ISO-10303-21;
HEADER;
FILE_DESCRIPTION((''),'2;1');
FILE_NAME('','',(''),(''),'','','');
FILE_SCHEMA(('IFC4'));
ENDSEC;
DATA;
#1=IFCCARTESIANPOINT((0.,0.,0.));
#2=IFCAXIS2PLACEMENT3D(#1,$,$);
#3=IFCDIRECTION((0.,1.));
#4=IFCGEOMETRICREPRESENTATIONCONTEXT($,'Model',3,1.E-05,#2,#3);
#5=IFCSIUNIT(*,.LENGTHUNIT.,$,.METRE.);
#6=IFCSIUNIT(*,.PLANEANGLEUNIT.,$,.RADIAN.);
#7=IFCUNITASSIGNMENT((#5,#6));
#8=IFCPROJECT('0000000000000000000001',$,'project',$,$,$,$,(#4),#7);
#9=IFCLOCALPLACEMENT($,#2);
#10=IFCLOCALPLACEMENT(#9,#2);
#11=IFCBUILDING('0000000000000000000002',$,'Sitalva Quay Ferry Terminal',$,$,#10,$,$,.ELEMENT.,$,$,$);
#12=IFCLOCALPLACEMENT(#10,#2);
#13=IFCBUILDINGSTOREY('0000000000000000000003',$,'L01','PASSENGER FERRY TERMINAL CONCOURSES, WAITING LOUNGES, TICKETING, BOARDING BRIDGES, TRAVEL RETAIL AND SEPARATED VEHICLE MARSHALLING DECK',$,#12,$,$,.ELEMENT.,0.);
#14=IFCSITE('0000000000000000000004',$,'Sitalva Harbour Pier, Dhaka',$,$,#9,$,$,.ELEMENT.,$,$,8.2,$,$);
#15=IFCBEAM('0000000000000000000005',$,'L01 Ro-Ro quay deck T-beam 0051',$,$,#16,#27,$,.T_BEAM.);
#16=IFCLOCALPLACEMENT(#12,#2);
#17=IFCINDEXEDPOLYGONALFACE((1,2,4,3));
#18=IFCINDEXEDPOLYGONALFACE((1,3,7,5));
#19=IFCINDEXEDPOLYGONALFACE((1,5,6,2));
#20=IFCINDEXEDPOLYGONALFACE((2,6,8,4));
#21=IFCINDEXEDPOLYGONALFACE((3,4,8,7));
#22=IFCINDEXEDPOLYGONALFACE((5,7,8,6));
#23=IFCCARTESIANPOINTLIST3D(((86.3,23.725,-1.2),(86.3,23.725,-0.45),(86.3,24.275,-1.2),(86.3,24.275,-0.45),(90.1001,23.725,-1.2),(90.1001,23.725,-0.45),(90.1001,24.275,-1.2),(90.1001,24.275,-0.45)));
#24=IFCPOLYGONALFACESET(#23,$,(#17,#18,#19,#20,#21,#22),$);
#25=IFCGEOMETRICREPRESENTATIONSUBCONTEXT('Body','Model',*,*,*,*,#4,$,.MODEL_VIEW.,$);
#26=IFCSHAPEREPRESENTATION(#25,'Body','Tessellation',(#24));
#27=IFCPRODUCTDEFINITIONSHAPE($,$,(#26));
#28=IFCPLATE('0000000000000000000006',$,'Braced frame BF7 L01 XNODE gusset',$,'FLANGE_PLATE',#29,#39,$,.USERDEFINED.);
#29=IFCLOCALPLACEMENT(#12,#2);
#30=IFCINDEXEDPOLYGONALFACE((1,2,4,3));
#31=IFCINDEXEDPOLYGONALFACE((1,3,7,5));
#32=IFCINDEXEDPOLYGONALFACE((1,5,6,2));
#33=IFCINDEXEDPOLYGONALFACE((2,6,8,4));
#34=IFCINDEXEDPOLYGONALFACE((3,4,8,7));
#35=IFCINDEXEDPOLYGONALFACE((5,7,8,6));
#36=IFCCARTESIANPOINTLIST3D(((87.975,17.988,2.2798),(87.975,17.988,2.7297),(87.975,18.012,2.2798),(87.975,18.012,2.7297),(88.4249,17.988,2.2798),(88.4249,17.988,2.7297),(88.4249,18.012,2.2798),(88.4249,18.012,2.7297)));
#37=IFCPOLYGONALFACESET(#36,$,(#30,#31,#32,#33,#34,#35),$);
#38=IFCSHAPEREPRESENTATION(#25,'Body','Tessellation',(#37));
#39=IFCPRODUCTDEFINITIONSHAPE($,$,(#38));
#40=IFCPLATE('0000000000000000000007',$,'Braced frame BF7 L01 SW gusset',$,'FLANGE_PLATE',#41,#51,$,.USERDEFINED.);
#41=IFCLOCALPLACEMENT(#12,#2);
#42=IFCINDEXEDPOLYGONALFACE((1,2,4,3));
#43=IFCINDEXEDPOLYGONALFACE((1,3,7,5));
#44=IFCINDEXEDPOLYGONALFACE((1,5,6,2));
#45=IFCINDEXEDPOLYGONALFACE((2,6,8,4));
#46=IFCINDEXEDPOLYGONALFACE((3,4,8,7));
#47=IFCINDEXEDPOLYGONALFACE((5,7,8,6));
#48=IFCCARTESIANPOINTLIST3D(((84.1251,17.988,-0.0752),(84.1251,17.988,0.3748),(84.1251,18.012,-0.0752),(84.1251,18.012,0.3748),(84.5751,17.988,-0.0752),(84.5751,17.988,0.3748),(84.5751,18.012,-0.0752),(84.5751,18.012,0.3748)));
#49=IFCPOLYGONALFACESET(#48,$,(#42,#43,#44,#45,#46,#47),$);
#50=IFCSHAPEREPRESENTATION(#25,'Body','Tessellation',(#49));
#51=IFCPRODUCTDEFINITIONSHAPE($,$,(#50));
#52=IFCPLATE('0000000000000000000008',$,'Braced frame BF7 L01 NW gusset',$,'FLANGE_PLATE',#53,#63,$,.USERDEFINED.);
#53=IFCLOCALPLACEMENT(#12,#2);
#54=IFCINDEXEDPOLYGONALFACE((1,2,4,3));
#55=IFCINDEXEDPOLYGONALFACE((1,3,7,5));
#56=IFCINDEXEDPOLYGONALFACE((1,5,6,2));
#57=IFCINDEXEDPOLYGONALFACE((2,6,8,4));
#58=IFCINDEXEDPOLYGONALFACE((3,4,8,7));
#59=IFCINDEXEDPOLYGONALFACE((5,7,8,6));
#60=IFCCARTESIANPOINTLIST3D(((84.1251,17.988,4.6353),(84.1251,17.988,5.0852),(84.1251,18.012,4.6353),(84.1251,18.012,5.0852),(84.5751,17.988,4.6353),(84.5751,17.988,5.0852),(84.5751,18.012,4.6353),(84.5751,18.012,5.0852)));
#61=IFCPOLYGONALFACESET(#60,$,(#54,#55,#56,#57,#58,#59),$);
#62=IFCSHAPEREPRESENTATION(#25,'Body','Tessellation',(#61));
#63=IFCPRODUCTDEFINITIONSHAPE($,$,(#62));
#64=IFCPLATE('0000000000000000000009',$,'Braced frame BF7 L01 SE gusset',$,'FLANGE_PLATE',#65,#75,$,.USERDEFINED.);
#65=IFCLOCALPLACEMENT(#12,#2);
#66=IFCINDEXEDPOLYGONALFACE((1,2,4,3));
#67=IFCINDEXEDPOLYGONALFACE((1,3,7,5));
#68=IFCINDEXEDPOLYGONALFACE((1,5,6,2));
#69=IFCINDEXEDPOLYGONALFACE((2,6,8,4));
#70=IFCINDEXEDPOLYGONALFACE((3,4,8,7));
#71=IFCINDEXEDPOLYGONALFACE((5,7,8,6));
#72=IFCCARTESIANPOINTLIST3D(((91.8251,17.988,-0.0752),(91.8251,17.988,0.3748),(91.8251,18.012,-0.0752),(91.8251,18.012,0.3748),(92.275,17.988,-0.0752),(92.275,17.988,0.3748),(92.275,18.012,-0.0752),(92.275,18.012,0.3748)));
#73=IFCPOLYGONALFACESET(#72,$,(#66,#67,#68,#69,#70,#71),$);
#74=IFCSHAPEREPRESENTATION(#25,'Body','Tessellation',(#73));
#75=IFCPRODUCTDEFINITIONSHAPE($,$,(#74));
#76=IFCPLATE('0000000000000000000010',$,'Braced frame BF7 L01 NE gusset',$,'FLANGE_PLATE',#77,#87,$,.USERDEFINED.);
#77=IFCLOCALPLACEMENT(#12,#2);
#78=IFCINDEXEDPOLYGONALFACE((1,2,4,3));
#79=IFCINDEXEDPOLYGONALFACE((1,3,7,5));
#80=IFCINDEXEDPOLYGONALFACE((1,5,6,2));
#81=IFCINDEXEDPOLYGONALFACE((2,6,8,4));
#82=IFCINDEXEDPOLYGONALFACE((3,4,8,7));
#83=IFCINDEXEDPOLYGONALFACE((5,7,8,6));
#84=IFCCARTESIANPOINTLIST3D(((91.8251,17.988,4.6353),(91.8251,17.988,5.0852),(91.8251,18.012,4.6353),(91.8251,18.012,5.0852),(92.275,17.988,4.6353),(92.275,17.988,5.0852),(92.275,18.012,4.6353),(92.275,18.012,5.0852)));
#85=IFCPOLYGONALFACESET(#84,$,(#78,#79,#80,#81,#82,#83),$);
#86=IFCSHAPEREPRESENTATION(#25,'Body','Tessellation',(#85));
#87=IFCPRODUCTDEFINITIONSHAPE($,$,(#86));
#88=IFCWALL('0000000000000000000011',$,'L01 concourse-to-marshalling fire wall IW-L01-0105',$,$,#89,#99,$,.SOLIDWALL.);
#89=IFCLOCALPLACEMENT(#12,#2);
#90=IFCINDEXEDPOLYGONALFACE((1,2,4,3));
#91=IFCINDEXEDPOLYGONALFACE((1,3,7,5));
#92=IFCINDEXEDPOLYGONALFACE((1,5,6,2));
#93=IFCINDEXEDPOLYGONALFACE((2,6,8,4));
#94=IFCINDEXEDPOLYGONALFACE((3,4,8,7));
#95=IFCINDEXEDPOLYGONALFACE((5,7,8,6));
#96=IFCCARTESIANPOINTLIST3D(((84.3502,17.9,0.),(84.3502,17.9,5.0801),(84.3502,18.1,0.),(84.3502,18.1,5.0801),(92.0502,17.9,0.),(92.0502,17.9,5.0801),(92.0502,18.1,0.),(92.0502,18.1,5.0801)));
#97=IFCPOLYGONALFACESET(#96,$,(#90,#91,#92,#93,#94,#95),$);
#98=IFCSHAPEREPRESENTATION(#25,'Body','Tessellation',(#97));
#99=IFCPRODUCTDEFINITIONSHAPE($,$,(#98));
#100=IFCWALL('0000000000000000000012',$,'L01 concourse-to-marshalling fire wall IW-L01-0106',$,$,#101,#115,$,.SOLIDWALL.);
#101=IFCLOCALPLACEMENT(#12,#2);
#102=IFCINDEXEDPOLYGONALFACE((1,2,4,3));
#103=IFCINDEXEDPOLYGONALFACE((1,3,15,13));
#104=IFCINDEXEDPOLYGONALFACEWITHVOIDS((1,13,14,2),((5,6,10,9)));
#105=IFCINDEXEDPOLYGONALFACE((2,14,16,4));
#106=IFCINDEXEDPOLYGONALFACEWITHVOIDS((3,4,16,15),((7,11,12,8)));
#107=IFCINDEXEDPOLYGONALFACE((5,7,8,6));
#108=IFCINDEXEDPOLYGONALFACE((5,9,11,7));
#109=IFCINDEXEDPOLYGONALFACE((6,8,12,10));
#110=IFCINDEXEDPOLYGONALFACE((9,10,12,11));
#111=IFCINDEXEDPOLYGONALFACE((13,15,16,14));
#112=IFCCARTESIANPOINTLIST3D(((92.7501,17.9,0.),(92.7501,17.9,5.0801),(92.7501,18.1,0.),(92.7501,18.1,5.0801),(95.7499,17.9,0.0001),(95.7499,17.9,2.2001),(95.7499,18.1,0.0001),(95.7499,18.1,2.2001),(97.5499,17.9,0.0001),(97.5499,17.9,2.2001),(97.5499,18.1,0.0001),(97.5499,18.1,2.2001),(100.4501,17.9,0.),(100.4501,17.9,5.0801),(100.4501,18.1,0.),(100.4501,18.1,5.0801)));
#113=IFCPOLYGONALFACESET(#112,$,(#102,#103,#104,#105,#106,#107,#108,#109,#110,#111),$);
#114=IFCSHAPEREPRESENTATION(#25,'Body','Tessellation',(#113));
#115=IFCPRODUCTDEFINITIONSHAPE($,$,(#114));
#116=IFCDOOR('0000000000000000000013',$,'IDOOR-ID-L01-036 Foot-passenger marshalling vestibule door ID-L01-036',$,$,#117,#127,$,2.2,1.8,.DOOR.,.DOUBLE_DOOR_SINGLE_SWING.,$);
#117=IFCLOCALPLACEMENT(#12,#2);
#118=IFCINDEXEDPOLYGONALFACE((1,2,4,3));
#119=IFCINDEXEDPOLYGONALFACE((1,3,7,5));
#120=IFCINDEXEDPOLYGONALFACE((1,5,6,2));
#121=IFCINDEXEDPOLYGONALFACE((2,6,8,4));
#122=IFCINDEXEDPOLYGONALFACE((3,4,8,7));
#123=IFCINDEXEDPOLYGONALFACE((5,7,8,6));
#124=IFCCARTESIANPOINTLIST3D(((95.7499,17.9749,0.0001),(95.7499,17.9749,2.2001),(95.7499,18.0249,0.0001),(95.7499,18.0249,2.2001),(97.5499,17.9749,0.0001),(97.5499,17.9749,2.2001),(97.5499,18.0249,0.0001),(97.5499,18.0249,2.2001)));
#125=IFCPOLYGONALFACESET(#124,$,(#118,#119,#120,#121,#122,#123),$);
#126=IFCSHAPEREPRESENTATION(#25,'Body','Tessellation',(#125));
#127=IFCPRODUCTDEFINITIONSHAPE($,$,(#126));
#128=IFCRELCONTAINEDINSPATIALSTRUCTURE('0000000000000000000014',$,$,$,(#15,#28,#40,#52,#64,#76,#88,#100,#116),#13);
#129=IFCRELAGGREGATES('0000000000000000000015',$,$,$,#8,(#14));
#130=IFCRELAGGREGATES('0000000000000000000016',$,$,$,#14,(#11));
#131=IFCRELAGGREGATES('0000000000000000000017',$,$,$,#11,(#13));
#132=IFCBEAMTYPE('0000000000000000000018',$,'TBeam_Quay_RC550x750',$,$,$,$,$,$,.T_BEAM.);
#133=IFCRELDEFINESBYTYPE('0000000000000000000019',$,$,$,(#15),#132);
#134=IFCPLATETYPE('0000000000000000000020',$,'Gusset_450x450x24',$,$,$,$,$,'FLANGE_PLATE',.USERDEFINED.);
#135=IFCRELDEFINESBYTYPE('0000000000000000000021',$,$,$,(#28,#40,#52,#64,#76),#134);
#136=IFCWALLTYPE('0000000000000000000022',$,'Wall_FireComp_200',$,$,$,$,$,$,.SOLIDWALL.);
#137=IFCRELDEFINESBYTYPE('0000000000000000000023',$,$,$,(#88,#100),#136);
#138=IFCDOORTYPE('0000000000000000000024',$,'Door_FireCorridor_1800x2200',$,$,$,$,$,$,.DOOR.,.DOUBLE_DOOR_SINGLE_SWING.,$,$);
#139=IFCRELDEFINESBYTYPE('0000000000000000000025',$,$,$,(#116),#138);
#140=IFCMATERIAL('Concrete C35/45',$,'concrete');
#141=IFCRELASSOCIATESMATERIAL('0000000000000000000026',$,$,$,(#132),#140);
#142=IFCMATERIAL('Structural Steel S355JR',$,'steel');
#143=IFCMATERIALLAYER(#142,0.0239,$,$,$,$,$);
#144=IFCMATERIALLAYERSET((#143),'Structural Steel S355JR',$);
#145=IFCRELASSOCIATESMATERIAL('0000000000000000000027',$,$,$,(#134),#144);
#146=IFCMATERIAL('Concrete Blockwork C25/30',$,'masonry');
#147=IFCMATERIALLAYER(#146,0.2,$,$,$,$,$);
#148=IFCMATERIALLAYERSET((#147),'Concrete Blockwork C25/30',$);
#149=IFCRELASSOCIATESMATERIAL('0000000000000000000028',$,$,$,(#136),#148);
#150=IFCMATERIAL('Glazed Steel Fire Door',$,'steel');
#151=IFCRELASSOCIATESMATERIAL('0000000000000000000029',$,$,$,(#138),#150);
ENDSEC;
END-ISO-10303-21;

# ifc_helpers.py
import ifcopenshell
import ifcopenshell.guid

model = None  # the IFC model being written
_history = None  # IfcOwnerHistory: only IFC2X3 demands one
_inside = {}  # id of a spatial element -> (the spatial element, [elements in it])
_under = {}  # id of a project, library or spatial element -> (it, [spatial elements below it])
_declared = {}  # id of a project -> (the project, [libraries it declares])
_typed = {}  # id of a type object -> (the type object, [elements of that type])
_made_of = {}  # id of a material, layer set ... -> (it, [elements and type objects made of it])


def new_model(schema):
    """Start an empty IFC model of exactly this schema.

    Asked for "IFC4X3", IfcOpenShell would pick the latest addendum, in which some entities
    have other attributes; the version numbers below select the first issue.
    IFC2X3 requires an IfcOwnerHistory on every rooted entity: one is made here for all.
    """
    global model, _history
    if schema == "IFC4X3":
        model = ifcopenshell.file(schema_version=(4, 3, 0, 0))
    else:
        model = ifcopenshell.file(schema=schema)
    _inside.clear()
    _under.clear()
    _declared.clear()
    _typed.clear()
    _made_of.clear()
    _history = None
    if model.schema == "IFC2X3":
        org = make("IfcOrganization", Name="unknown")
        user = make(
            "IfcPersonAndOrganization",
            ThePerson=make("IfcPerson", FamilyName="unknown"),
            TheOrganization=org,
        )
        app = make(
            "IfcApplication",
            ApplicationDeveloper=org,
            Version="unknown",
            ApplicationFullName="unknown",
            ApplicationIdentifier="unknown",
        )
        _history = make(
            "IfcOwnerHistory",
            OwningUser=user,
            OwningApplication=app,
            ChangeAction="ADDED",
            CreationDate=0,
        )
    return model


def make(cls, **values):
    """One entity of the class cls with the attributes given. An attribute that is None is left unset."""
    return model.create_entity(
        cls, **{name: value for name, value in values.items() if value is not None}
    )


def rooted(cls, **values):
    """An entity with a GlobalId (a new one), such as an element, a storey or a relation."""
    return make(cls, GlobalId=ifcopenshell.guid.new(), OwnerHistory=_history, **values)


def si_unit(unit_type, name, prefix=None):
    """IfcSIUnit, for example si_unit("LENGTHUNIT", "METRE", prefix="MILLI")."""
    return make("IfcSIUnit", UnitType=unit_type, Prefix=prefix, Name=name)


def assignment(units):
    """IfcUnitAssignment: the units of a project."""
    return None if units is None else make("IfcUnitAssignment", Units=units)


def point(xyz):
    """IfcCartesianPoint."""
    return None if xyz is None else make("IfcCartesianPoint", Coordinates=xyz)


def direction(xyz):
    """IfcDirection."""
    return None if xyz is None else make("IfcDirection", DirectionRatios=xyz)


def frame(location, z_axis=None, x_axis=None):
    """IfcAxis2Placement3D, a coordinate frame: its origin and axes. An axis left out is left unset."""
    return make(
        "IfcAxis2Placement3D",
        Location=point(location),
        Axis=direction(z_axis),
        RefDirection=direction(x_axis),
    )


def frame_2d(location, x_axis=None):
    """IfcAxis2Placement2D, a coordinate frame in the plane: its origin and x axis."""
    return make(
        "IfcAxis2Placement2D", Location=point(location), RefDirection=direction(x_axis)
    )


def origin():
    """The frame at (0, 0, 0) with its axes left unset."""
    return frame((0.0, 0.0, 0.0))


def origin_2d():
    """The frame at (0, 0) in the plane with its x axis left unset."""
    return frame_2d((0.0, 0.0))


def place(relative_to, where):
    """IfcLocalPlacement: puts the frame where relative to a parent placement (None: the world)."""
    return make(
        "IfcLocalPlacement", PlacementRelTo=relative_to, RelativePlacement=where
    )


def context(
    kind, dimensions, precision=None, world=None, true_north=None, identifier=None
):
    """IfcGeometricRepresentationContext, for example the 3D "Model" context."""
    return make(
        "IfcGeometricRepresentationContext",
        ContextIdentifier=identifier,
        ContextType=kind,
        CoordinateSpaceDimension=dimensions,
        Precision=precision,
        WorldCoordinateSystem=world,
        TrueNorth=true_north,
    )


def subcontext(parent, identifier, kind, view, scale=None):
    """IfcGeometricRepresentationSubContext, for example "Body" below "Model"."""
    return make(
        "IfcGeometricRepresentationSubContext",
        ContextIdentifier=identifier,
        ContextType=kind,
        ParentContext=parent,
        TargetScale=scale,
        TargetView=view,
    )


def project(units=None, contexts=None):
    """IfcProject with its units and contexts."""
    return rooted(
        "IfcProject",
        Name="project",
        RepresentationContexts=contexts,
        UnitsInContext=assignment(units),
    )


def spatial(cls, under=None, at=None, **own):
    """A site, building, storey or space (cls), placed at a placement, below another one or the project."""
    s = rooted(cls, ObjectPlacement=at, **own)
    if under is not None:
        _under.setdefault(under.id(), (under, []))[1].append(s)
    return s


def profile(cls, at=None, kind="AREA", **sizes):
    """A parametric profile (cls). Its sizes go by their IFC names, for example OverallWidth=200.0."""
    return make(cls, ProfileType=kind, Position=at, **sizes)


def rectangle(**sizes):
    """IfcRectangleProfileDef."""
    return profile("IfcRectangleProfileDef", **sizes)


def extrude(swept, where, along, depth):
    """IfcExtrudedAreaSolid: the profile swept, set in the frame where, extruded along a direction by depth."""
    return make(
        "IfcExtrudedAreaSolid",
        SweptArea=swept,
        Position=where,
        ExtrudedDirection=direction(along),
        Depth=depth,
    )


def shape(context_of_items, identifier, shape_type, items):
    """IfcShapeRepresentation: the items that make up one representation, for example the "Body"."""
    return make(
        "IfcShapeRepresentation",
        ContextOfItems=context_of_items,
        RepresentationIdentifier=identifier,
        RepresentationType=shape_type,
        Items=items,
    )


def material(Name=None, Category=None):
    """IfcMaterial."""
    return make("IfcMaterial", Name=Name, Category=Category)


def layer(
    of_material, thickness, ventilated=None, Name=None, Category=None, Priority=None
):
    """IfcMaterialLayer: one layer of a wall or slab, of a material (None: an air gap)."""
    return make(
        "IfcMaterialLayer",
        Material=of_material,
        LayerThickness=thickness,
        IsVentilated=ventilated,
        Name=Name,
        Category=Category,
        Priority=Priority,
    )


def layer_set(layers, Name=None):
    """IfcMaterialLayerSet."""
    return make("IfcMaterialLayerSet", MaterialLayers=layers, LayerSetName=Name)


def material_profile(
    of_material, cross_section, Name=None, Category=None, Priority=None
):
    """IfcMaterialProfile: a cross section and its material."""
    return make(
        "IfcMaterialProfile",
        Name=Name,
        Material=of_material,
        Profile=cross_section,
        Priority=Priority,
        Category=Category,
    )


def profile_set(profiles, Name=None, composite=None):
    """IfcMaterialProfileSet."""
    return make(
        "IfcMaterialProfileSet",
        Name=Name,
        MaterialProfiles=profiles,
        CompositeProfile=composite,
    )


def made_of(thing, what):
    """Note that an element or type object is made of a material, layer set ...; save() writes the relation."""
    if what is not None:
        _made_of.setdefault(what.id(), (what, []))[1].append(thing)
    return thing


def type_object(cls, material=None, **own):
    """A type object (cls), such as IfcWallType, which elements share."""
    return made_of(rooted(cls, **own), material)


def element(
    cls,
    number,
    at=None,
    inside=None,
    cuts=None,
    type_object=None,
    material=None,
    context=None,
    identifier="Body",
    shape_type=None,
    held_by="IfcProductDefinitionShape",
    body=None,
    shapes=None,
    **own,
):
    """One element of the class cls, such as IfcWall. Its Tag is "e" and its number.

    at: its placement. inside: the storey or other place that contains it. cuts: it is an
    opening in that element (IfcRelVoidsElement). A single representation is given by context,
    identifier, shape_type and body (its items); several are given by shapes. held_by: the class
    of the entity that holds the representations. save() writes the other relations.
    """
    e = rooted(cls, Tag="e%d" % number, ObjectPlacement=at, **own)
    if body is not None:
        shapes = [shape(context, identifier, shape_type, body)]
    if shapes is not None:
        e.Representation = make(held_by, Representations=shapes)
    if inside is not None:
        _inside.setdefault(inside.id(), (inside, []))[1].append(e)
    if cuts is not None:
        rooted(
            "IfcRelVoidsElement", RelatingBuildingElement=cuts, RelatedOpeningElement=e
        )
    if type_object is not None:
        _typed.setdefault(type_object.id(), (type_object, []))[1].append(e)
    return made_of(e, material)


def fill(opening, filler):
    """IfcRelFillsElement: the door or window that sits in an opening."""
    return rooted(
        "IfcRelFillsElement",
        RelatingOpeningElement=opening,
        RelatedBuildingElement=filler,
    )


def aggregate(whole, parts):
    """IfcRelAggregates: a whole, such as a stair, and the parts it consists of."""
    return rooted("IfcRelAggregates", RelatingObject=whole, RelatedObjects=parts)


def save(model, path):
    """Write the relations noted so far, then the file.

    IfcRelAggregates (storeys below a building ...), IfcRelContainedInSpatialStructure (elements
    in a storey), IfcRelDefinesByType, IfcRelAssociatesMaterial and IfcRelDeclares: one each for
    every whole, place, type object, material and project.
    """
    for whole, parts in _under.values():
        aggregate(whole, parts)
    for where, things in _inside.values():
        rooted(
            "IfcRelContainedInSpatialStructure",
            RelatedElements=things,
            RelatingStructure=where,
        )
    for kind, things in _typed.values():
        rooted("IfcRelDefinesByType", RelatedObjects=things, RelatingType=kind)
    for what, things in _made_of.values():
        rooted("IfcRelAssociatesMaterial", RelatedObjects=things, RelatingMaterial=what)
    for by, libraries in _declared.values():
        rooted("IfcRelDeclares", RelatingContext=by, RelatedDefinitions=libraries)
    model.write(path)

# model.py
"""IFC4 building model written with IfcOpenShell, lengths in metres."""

from ifc_helpers import new_model, si_unit, direction, frame, frame_2d, origin, origin_2d, place, context, subcontext, project, spatial, rectangle, extrude, material, layer, layer_set, material_profile, profile_set, type_object, element, fill, save


model = new_model("IFC4")

# Units and contexts
model_context = context("Model", 3, precision=1e-05, world=origin(), true_north=direction((0.0, 1.0)))
body_context = subcontext(model_context, "Body", "Model", "MODEL_VIEW")
ifc_project = project(units=[si_unit("LENGTHUNIT", "METRE"), si_unit("PLANEANGLEUNIT", "RADIAN")], contexts=[model_context])

# Site, building, storey
site_placement = place(None, origin())
site = spatial("IfcSite", under=ifc_project, at=site_placement, Name="Sitalva Harbour Pier, Dhaka", CompositionType="ELEMENT", RefElevation=8.2)
building_placement = place(site_placement, origin())
building = spatial("IfcBuilding", under=site, at=building_placement, Name="Sitalva Quay Ferry Terminal", CompositionType="ELEMENT")
storey_placement = place(building_placement, origin())
storey = spatial("IfcBuildingStorey", under=building, at=storey_placement, Name="L01", Description="PASSENGER FERRY TERMINAL CONCOURSES, WAITING LOUNGES, TICKETING, BOARDING BRIDGES, TRAVEL RETAIL AND SEPARATED VEHICLE MARSHALLING DECK", CompositionType="ELEMENT", Elevation=0.0)

# Beam
ifc_material_1 = material(Name="Concrete C35/45", Category="concrete")
ifc_material_profile_1 = material_profile(ifc_material_1, rectangle(XDim=0.55, YDim=0.75, at=origin_2d()), Name="RC550x750")
ifc_profile_set_1 = profile_set([ifc_material_profile_1], Name="Concrete C35/45")
beam_type_1 = type_object("IfcBeamType", Name="TBeam_Quay_RC550x750", PredefinedType="T_BEAM", material=ifc_profile_set_1)
beam_1_placement = place(storey_placement, frame((86.3, 24.0, -0.825), z_axis=(1.0, 0.0, 0.0), x_axis=(0.0, 1.0, 0.0)))
element("IfcBeam", 1, at=beam_1_placement, inside=storey, type_object=beam_type_1, Name="L01 Ro-Ro quay deck T-beam 0051", PredefinedType="T_BEAM", context=body_context, shape_type="SweptSolid", body=[
    extrude(rectangle(XDim=0.55, YDim=0.75, at=origin_2d()), origin(), (0.0, 0.0, 1.0), 3.8),
])

# Plates
ifc_material_2 = material(Name="Structural Steel S355JR", Category="steel")
ifc_layer_1 = layer(ifc_material_2, 0.0239)
ifc_layer_set_1 = layer_set([ifc_layer_1], Name="Structural Steel S355JR")
plate_type = type_object("IfcPlateType", Name="Gusset_450x450x24", ElementType="FLANGE_PLATE", PredefinedType="USERDEFINED", material=ifc_layer_set_1)
for number, where, z_axis, x_axis, name in (
    (2, (88.2, 18.0, 2.2798), (0.0, 0.0, 1.0), (1.0, 0.0, 0.0), "Braced frame BF7 L01 XNODE gusset"),
    (3, (84.3501, 18.0, -0.0752), (0.0, 0.0, 1.0), (1.0, 0.0, 0.0), "Braced frame BF7 L01 SW gusset"),
    (4, (84.3501, 18.0, 4.6353), (0.0, 0.0, 1.0), (1.0, 0.0, 0.0), "Braced frame BF7 L01 NW gusset"),
    (5, (92.05, 18.0, -0.0752), (0.0, 0.0, 1.0), (1.0, 0.0, 0.0), "Braced frame BF7 L01 SE gusset"),
    (6, (92.05, 18.0, 4.6353), (0.0, 0.0, 1.0), (1.0, 0.0, 0.0), "Braced frame BF7 L01 NE gusset"),
):
    element("IfcPlate", number, at=place(storey_placement, frame(where, z_axis=z_axis, x_axis=x_axis)), inside=storey, type_object=plate_type, Name=name, ObjectType="FLANGE_PLATE", PredefinedType="USERDEFINED", context=body_context, shape_type="SweptSolid", body=[
        extrude(rectangle(XDim=0.45, YDim=0.0239, at=origin_2d()), origin(), (0.0, 0.0, 1.0), 0.45),
    ])

# Wall
ifc_material_3 = material(Name="Concrete Blockwork C25/30", Category="masonry")
ifc_layer_2 = layer(ifc_material_3, 0.2)
ifc_layer_set_2 = layer_set([ifc_layer_2], Name="Concrete Blockwork C25/30")
wall_type = type_object("IfcWallType", Name="Wall_FireComp_200", PredefinedType="SOLIDWALL", material=ifc_layer_set_2)
wall_1_placement = place(storey_placement, frame((84.3501, 18.0, 0.0), z_axis=(0.0, 0.0, 1.0), x_axis=(1.0, 0.0, 0.0)))
element("IfcWall", 7, at=wall_1_placement, inside=storey, type_object=wall_type, Name="L01 concourse-to-marshalling fire wall IW-L01-0105", PredefinedType="SOLIDWALL", context=body_context, shape_type="SweptSolid", body=[
    extrude(rectangle(XDim=7.7, YDim=0.2, at=frame_2d((3.8501, 0.0))), origin(), (0.0, 0.0, 1.0), 5.0801),
])

# Wall, opening, door
wall_2_placement = place(storey_placement, frame((92.75, 18.0, 0.0), z_axis=(0.0, 0.0, 1.0), x_axis=(1.0, 0.0, 0.0)))
wall_2 = element("IfcWall", 8, at=wall_2_placement, inside=storey, type_object=wall_type, Name="L01 concourse-to-marshalling fire wall IW-L01-0106", PredefinedType="SOLIDWALL", context=body_context, shape_type="SweptSolid", body=[
    extrude(rectangle(XDim=7.7, YDim=0.2, at=frame_2d((3.8501, 0.0))), origin(), (0.0, 0.0, 1.0), 5.0801),
])
opening_placement = place(wall_2_placement, frame((3.0, 0.0, 0.0)))
opening = element("IfcOpeningElement", 9, at=opening_placement, cuts=wall_2, PredefinedType="OPENING", context=body_context, shape_type="SweptSolid", body=[
    extrude(rectangle(XDim=1.8, YDim=2.2, at=frame_2d((0.8999, 1.1001))), frame((0.0, 0.1099, 0.0), z_axis=(0.0, -1.0, 0.0), x_axis=(1.0, 0.0, 0.0)), (0.0, 0.0, 1.0), 0.22),
])
ifc_material_4 = material(Name="Glazed Steel Fire Door", Category="steel")
door_type = type_object("IfcDoorType", Name="Door_FireCorridor_1800x2200", OperationType="DOUBLE_DOOR_SINGLE_SWING", PredefinedType="DOOR", material=ifc_material_4)
door_placement = place(opening_placement, origin())
door = element("IfcDoor", 10, at=door_placement, inside=storey, type_object=door_type, Name="IDOOR-ID-L01-036 Foot-passenger marshalling vestibule door ID-L01-036", OperationType="DOUBLE_DOOR_SINGLE_SWING", OverallHeight=2.2, OverallWidth=1.8, PredefinedType="DOOR", context=body_context, shape_type="SweptSolid", body=[
    extrude(rectangle(XDim=1.8, YDim=2.2, at=frame_2d((0.8999, 1.1001))), frame((0.0, 0.0249, 0.0), z_axis=(0.0, -1.0, 0.0), x_axis=(1.0, 0.0, 0.0)), (0.0, 0.0, 1.0), 0.05),
])
fill(opening, door)

save(model, "model.ifc")
